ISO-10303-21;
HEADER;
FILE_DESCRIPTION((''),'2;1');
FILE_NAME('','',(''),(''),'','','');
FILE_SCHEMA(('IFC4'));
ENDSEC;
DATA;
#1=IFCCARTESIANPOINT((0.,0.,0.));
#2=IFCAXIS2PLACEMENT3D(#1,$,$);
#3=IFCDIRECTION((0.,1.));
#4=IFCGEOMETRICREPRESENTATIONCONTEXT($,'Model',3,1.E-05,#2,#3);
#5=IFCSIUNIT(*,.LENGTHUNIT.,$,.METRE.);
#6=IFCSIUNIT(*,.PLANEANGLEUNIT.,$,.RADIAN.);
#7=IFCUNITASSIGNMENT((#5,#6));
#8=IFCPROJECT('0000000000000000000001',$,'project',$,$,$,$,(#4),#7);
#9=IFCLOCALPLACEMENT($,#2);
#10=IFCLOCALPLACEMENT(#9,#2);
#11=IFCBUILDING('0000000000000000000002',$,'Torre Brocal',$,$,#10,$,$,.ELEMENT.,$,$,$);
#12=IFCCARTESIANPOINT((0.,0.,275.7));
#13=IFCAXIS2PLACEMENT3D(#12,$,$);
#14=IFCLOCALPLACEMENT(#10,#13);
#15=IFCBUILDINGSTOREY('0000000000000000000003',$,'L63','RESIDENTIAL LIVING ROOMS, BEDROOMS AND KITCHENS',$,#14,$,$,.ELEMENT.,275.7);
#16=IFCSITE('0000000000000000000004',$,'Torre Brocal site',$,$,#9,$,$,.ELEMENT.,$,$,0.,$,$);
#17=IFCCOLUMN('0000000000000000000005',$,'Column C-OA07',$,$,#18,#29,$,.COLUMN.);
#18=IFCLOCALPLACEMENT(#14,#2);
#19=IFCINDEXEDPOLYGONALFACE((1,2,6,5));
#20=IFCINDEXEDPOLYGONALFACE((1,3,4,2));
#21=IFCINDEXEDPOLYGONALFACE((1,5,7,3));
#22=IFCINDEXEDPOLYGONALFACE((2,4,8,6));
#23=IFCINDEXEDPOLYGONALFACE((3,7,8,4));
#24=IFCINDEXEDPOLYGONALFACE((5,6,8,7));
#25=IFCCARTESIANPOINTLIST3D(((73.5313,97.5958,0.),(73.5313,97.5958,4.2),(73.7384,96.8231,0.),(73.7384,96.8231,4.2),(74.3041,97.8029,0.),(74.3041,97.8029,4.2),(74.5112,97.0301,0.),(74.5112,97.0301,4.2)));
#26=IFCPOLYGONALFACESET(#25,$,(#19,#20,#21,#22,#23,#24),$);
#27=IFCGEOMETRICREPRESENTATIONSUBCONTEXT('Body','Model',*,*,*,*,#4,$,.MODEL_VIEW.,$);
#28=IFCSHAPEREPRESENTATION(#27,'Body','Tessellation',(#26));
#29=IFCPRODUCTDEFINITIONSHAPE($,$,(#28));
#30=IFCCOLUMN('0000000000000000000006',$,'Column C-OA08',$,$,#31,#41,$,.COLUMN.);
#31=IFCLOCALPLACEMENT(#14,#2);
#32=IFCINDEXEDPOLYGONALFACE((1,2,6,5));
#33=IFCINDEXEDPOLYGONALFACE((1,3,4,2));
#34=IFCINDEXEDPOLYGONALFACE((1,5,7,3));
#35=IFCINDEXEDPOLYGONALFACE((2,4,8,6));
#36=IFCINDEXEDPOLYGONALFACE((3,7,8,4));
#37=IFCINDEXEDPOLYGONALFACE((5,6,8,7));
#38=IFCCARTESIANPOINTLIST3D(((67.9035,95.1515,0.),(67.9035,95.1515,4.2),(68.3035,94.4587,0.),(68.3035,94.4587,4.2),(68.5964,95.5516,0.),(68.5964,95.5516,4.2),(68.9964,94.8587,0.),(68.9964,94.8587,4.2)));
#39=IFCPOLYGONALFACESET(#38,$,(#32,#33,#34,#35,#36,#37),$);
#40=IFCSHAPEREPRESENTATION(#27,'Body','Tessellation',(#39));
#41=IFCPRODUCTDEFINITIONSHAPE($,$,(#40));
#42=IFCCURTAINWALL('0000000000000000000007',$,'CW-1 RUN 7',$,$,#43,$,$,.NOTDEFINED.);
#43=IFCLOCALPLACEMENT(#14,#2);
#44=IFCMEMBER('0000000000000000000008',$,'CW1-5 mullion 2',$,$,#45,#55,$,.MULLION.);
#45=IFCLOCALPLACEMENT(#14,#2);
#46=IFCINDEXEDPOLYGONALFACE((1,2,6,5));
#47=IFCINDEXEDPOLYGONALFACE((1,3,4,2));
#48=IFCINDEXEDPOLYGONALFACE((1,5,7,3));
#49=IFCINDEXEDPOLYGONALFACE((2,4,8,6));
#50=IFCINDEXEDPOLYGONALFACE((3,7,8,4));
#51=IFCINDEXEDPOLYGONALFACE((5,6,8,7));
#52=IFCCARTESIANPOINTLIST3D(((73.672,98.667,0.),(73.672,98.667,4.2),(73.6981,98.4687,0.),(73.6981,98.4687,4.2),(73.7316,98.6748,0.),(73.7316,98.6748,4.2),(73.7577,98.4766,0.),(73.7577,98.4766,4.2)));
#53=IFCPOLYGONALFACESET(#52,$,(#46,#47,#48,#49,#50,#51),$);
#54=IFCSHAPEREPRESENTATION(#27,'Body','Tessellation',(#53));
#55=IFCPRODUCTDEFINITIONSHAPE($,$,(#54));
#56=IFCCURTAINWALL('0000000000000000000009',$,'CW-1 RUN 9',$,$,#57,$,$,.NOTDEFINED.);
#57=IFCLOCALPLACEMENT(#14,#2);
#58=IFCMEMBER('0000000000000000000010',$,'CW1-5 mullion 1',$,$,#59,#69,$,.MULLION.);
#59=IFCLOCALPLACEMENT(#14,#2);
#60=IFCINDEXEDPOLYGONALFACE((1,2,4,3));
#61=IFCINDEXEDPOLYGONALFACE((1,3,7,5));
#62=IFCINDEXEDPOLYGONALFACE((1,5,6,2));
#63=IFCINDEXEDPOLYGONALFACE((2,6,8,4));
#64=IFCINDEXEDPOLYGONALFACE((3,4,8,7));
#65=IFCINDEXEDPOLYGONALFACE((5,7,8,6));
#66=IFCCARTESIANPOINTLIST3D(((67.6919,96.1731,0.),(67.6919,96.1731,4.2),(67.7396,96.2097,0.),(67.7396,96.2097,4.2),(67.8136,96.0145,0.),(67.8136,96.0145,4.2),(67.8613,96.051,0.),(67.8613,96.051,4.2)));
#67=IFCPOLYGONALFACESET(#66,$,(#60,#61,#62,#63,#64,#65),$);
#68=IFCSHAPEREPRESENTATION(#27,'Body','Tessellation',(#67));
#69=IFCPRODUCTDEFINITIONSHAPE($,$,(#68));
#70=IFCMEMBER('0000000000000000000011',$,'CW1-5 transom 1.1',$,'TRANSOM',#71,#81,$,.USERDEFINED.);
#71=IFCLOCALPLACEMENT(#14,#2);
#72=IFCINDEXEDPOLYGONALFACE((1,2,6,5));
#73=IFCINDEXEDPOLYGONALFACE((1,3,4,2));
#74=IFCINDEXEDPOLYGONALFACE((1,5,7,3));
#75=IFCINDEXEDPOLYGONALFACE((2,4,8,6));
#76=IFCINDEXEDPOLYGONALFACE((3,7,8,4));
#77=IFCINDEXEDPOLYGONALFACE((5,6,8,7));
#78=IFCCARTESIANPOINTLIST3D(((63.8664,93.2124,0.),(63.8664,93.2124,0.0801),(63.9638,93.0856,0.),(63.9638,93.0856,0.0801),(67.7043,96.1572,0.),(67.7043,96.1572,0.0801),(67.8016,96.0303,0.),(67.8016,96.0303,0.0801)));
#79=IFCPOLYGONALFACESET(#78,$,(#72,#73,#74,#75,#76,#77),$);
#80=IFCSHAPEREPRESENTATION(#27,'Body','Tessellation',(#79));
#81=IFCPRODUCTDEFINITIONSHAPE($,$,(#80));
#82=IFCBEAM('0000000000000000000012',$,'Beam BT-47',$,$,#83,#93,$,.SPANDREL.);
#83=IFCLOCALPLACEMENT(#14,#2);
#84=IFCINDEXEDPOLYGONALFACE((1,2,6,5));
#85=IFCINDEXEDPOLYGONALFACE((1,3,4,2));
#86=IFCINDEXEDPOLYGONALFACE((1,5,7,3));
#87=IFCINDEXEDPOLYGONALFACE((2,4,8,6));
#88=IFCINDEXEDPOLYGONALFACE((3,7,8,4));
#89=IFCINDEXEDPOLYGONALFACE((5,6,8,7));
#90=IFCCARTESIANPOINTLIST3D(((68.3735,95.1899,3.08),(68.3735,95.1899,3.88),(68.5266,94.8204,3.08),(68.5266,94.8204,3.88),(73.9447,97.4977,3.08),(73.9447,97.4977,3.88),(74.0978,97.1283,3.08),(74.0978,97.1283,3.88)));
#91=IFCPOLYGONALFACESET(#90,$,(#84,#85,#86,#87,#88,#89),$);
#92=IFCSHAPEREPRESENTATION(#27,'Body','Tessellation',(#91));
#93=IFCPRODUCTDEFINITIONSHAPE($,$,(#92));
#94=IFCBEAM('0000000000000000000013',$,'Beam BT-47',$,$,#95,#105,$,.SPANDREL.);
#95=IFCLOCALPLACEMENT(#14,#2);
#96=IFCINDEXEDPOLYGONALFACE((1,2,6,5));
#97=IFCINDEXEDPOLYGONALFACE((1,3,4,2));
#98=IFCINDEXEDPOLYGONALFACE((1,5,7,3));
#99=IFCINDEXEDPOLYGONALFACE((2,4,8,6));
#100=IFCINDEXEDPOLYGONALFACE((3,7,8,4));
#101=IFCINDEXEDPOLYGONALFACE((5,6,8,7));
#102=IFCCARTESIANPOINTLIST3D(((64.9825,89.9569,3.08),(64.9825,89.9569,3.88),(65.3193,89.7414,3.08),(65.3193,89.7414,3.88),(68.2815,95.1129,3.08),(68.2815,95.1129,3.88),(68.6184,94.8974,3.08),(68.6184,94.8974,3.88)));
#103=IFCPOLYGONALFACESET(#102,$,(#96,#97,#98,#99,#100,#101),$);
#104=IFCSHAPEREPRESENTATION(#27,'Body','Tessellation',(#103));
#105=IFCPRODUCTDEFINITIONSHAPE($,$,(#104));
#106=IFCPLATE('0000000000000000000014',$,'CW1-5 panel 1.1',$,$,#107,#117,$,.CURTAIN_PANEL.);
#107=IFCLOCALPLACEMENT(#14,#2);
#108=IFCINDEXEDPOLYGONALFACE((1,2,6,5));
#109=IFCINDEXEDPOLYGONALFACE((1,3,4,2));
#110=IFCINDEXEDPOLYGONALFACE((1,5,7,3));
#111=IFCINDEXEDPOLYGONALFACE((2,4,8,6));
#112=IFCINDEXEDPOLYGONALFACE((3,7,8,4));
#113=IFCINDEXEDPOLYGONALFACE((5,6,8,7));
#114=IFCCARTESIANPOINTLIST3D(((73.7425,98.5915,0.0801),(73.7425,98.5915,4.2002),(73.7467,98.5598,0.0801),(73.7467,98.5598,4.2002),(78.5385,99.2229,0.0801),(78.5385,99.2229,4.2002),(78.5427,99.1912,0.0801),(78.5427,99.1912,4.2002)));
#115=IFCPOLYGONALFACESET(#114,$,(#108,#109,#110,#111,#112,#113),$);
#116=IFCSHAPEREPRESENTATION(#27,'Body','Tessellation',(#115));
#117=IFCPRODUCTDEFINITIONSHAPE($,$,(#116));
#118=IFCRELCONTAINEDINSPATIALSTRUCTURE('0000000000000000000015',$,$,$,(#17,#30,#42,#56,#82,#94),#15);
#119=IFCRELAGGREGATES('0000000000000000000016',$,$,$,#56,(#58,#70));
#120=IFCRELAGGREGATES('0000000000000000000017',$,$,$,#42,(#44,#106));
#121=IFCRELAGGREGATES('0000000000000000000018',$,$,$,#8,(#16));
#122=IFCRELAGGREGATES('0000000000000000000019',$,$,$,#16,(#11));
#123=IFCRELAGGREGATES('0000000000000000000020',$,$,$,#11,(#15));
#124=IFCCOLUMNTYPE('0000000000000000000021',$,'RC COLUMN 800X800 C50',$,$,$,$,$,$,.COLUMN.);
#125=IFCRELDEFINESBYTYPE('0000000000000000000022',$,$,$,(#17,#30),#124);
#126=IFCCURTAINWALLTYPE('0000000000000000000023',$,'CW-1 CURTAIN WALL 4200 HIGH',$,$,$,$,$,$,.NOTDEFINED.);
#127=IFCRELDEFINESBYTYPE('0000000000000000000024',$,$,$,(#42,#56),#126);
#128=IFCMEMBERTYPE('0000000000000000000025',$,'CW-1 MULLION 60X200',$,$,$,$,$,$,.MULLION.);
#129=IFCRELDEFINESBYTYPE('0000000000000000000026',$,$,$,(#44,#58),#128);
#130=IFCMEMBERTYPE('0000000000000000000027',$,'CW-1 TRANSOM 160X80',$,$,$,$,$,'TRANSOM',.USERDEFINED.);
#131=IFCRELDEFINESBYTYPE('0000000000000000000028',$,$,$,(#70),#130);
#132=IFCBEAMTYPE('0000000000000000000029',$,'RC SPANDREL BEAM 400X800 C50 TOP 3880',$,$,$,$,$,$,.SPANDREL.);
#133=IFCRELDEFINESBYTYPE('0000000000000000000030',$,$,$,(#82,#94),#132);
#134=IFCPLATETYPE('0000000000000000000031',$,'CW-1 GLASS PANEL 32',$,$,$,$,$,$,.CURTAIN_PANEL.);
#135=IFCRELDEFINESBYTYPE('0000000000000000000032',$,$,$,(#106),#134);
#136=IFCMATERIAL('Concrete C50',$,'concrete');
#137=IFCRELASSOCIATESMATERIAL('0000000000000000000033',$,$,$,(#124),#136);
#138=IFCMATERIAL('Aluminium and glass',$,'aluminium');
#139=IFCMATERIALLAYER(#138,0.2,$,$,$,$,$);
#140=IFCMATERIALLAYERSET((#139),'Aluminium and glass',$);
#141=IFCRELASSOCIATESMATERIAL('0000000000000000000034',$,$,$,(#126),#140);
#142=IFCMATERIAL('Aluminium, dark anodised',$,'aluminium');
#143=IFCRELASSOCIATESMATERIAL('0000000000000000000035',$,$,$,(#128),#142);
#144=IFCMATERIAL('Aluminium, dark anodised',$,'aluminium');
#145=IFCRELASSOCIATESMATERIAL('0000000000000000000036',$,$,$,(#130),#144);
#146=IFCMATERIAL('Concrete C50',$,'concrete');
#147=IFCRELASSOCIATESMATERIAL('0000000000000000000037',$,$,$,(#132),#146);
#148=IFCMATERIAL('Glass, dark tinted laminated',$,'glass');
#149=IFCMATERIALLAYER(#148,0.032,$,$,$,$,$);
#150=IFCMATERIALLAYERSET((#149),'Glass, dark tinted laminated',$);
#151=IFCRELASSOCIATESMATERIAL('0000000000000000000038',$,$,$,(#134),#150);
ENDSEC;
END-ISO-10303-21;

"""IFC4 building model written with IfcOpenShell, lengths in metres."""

from ifc_helpers import new_model, si_unit, direction, frame, origin, origin_2d, place, context, subcontext, project, spatial, rectangle, extrude, material, layer, layer_set, material_profile, profile_set, type_object, element, aggregate, save


model = new_model("IFC4")

# Units and contexts
model_context = context("Model", 3, precision=1e-05, world=origin(), true_north=direction((0.0, 1.0)))
body_context = subcontext(model_context, "Body", "Model", "MODEL_VIEW")
ifc_project = project(units=[si_unit("LENGTHUNIT", "METRE"), si_unit("PLANEANGLEUNIT", "RADIAN")], contexts=[model_context])

# Site, building, storey
site_placement = place(None, origin())
site = spatial("IfcSite", under=ifc_project, at=site_placement, Name="Torre Brocal site", CompositionType="ELEMENT", RefElevation=0.0)
building_placement = place(site_placement, origin())
building = spatial("IfcBuilding", under=site, at=building_placement, Name="Torre Brocal", CompositionType="ELEMENT")
storey_placement = place(building_placement, frame((0.0, 0.0, 275.7)))
storey = spatial("IfcBuildingStorey", under=building, at=storey_placement, Name="L63", Description="RESIDENTIAL LIVING ROOMS, BEDROOMS AND KITCHENS", CompositionType="ELEMENT", Elevation=275.7)

# Columns
ifc_material_1 = material(Name="Concrete C50", Category="concrete")
ifc_material_profile_1 = material_profile(ifc_material_1, rectangle(XDim=0.8, YDim=0.8, at=origin_2d()), Name="RC 800X800")
ifc_profile_set_1 = profile_set([ifc_material_profile_1], Name="Concrete C50")
column_type = type_object("IfcColumnType", Name="RC COLUMN 800X800 C50", PredefinedType="COLUMN", material=ifc_profile_set_1)
for number, where, z_axis, x_axis, name in (
    (1, (74.0212, 97.313, 0.0), (0.0, 0.0, 1.0), (-0.258819, 0.965926, 0.0), "Column C-OA07"),
    (2, (68.45, 95.0051, 0.0), (0.0, 0.0, 1.0), (-0.5, 0.866025, 0.0), "Column C-OA08"),
):
    element("IfcColumn", number, at=place(storey_placement, frame(where, z_axis=z_axis, x_axis=x_axis)), inside=storey, type_object=column_type, Name=name, PredefinedType="COLUMN", context=body_context, shape_type="SweptSolid", body=[
        extrude(rectangle(XDim=0.8, YDim=0.8, at=origin_2d()), origin(), (0.0, 0.0, 1.0), 4.2),
    ])

# Curtain wall, member
ifc_material_2 = material(Name="Aluminium and glass", Category="aluminium")
ifc_layer_1 = layer(ifc_material_2, 0.2)
ifc_layer_set_1 = layer_set([ifc_layer_1], Name="Aluminium and glass")
curtain_wall_type = type_object("IfcCurtainWallType", Name="CW-1 CURTAIN WALL 4200 HIGH", PredefinedType="NOTDEFINED", material=ifc_layer_set_1)
curtain_wall_1_placement = place(storey_placement, origin())
curtain_wall_1 = element("IfcCurtainWall", 3, at=curtain_wall_1_placement, inside=storey, type_object=curtain_wall_type, Name="CW-1 RUN 7", PredefinedType="NOTDEFINED")
ifc_material_3 = material(Name="Aluminium, dark anodised", Category="aluminium")
ifc_material_profile_2 = material_profile(ifc_material_3, rectangle(XDim=0.2, YDim=0.0601, at=origin_2d()), Name="CW-1 MULLION 60X200")
ifc_profile_set_2 = profile_set([ifc_material_profile_2], Name="Aluminium, dark anodised")
member_type_1 = type_object("IfcMemberType", Name="CW-1 MULLION 60X200", PredefinedType="MULLION", material=ifc_profile_set_2)
member_1_placement = place(storey_placement, frame((73.7148, 98.5718, 0.0), z_axis=(0.0, 0.0, 1.0), x_axis=(0.130526, -0.991445, 0.0)))
member_1 = element("IfcMember", 4, at=member_1_placement, type_object=member_type_1, Name="CW1-5 mullion 2", PredefinedType="MULLION", context=body_context, shape_type="SweptSolid", body=[
    extrude(rectangle(XDim=0.2, YDim=0.0601, at=origin_2d()), origin(), (0.0, 0.0, 1.0), 4.2),
])

# Curtain wall, members
curtain_wall_2_placement = place(storey_placement, origin())
curtain_wall_2 = element("IfcCurtainWall", 5, at=curtain_wall_2_placement, inside=storey, type_object=curtain_wall_type, Name="CW-1 RUN 9", PredefinedType="NOTDEFINED")
member_2_placement = place(storey_placement, frame((67.7766, 96.1121, 0.0), z_axis=(0.0, 0.0, 1.0), x_axis=(0.608761, -0.793353, 0.0)))
member_2 = element("IfcMember", 6, at=member_2_placement, type_object=member_type_1, Name="CW1-5 mullion 1", PredefinedType="MULLION", context=body_context, shape_type="SweptSolid", body=[
    extrude(rectangle(XDim=0.2, YDim=0.0601, at=origin_2d()), origin(), (0.0, 0.0, 1.0), 4.2),
])
ifc_material_4 = material(Name="Aluminium, dark anodised", Category="aluminium")
ifc_material_profile_3 = material_profile(ifc_material_4, rectangle(XDim=0.1599, YDim=0.0801, at=origin_2d()), Name="CW-1 TRANSOM 160X80")
ifc_profile_set_3 = profile_set([ifc_material_profile_3], Name="Aluminium, dark anodised")
member_type_2 = type_object("IfcMemberType", Name="CW-1 TRANSOM 160X80", ElementType="TRANSOM", PredefinedType="USERDEFINED", material=ifc_profile_set_3)
member_3_placement = place(storey_placement, frame((67.7529, 96.0938, 0.04), z_axis=(-0.793363, -0.608749, 0.0), x_axis=(0.608749, -0.793363, 0.0)))
member_3 = element("IfcMember", 7, at=member_3_placement, type_object=member_type_2, Name="CW1-5 transom 1.1", ObjectType="TRANSOM", PredefinedType="USERDEFINED", context=body_context, shape_type="SweptSolid", body=[
    extrude(rectangle(XDim=0.1599, YDim=0.0801, at=origin_2d()), origin(), (0.0, 0.0, 1.0), 4.8374),
])
aggregate(curtain_wall_2, [member_2, member_3])

# Beams
ifc_material_5 = material(Name="Concrete C50", Category="concrete")
ifc_material_profile_4 = material_profile(ifc_material_5, rectangle(XDim=0.3999, YDim=0.8, at=origin_2d()), Name="RC 400X800")
ifc_profile_set_4 = profile_set([ifc_material_profile_4], Name="Concrete C50")
beam_type = type_object("IfcBeamType", Name="RC SPANDREL BEAM 400X800 C50 TOP 3880", PredefinedType="SPANDREL", material=ifc_profile_set_4)
beam_1_placement = place(storey_placement, frame((74.0212, 97.313, 3.48), z_axis=(-0.92387, -0.382706, 0.0), x_axis=(0.382706, -0.92387, 0.0)))
element("IfcBeam", 8, at=beam_1_placement, inside=storey, type_object=beam_type, Name="Beam BT-47", PredefinedType="SPANDREL", context=body_context, shape_type="SweptSolid", body=[
    extrude(rectangle(XDim=0.3999, YDim=0.8, at=origin_2d()), origin(), (0.0, 0.0, 1.0), 6.0303),
])
beam_2_placement = place(storey_placement, frame((68.45, 95.0051, 3.48), z_axis=(-0.538964, -0.842329, 0.0), x_axis=(0.842329, -0.538964, 0.0)))
element("IfcBeam", 9, at=beam_2_placement, inside=storey, type_object=beam_type, Name="Beam BT-47", PredefinedType="SPANDREL", context=body_context, shape_type="SweptSolid", body=[
    extrude(rectangle(XDim=0.3999, YDim=0.8, at=origin_2d()), origin(), (0.0, 0.0, 1.0), 6.1211),
])

# Plate
ifc_material_6 = material(Name="Glass, dark tinted laminated", Category="glass")
ifc_layer_2 = layer(ifc_material_6, 0.032)
ifc_layer_set_2 = layer_set([ifc_layer_2], Name="Glass, dark tinted laminated")
plate_type = type_object("IfcPlateType", Name="CW-1 GLASS PANEL 32", PredefinedType="CURTAIN_PANEL", material=ifc_layer_set_2)
plate_placement = place(storey_placement, frame((76.1426, 98.8914, 0.0801), z_axis=(0.0, 0.0, 1.0), x_axis=(-0.991445, -0.130526, 0.0)))
plate = element("IfcPlate", 10, at=plate_placement, type_object=plate_type, Name="CW1-5 panel 1.1", PredefinedType="CURTAIN_PANEL", context=body_context, shape_type="SweptSolid", body=[
    extrude(rectangle(XDim=4.8374, YDim=0.032, at=origin_2d()), origin(), (0.0, 0.0, 1.0), 4.1201),
])
aggregate(curtain_wall_1, [member_1, plate])

save(model, "model.ifc")
